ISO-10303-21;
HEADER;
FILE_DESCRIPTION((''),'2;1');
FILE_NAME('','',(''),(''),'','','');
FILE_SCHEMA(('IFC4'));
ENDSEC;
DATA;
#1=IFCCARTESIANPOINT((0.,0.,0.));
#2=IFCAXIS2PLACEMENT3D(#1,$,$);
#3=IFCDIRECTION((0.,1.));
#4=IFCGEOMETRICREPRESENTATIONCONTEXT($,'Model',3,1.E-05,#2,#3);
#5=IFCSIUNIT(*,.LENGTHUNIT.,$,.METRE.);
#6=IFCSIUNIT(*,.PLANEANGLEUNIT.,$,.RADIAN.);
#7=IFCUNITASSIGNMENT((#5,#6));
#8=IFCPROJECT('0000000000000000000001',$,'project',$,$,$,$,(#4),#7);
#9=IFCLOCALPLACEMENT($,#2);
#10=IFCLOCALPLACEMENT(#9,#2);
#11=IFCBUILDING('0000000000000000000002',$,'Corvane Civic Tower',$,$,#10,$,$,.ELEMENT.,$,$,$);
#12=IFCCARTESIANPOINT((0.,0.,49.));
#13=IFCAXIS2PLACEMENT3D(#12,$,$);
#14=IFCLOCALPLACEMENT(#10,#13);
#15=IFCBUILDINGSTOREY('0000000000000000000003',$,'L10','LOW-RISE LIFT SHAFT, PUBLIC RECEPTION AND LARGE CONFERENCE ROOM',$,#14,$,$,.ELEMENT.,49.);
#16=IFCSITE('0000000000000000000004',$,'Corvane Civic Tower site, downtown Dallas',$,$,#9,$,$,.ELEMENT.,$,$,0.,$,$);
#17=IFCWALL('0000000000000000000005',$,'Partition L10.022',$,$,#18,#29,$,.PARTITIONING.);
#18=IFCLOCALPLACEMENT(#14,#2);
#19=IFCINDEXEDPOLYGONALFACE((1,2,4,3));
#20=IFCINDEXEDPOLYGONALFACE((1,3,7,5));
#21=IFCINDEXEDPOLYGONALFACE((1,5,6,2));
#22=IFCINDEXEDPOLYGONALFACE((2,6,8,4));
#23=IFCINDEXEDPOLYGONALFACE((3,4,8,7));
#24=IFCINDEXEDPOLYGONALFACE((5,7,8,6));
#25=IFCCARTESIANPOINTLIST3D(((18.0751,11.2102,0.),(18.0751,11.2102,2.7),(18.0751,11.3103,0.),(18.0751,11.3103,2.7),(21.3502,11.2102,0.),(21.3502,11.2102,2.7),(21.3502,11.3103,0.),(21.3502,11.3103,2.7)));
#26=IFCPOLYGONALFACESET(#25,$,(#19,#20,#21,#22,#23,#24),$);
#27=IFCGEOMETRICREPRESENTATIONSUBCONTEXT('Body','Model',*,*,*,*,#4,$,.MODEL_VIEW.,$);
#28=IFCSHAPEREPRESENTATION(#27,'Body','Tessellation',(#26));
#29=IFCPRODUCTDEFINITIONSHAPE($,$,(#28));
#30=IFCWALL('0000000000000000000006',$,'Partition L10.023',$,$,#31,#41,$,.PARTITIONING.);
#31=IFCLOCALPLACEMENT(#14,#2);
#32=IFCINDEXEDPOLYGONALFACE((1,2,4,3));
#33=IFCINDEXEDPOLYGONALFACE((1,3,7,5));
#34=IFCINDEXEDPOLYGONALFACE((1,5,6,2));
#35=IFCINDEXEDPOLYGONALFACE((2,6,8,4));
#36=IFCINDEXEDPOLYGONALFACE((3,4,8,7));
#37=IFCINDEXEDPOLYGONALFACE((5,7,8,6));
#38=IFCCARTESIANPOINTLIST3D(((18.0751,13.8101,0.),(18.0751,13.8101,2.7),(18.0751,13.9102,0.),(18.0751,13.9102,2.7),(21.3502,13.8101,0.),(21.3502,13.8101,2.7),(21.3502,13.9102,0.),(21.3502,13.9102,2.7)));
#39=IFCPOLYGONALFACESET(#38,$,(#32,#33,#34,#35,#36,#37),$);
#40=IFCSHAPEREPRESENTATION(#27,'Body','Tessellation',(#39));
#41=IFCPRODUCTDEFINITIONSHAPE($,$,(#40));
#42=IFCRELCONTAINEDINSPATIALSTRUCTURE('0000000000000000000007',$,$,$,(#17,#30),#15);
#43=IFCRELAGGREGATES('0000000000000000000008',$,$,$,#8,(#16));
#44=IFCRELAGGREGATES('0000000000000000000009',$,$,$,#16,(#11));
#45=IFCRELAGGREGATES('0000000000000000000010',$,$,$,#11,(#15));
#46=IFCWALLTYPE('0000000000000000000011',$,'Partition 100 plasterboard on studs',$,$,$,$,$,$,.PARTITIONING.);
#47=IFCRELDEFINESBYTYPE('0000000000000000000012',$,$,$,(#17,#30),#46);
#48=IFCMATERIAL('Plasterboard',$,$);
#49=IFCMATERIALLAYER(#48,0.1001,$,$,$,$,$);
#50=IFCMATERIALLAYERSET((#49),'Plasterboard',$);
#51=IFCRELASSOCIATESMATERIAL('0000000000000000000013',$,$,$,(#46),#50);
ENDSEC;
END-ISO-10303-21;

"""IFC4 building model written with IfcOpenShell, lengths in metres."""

from ifc_helpers import new_model, si_unit, direction, frame, frame_2d, origin, place, context, subcontext, project, spatial, rectangle, extrude, material, layer, layer_set, type_object, element, save


model = new_model("IFC4")

# Units and contexts
model_context = context("Model", 3, precision=1e-05, world=origin(), true_north=direction((0.0, 1.0)))
body_context = subcontext(model_context, "Body", "Model", "MODEL_VIEW")
ifc_project = project(units=[si_unit("LENGTHUNIT", "METRE"), si_unit("PLANEANGLEUNIT", "RADIAN")], contexts=[model_context])

# Site, building, storey
site_placement = place(None, origin())
site = spatial("IfcSite", under=ifc_project, at=site_placement, Name="Corvane Civic Tower site, downtown Dallas", CompositionType="ELEMENT", RefElevation=0.0)
building_placement = place(site_placement, origin())
building = spatial("IfcBuilding", under=site, at=building_placement, Name="Corvane Civic Tower", CompositionType="ELEMENT")
storey_placement = place(building_placement, frame((0.0, 0.0, 49.0)))
storey = spatial("IfcBuildingStorey", under=building, at=storey_placement, Name="L10", Description="LOW-RISE LIFT SHAFT, PUBLIC RECEPTION AND LARGE CONFERENCE ROOM", CompositionType="ELEMENT", Elevation=49.0)

# Walls
ifc_material_1 = material(Name="Plasterboard")
ifc_layer_1 = layer(ifc_material_1, 0.1001)
ifc_layer_set_1 = layer_set([ifc_layer_1], Name="Plasterboard")
wall_type = type_object("IfcWallType", Name="Partition 100 plasterboard on studs", PredefinedType="PARTITIONING", material=ifc_layer_set_1)
for number, where, z_axis, x_axis, name in (
    (1, (18.075, 11.2603, 0.0), (0.0, 0.0, 1.0), (1.0, 0.0, 0.0), "Partition L10.022"),
    (2, (18.075, 13.8601, 0.0), (0.0, 0.0, 1.0), (1.0, 0.0, 0.0), "Partition L10.023"),
):
    element("IfcWall", number, at=place(storey_placement, frame(where, z_axis=z_axis, x_axis=x_axis)), inside=storey, type_object=wall_type, Name=name, PredefinedType="PARTITIONING", context=body_context, shape_type="SweptSolid", body=[
        extrude(rectangle(XDim=3.2751, YDim=0.1001, at=frame_2d((1.6377, 0.0))), origin(), (0.0, 0.0, 1.0), 2.7),
    ])

save(model, "model.ifc")
